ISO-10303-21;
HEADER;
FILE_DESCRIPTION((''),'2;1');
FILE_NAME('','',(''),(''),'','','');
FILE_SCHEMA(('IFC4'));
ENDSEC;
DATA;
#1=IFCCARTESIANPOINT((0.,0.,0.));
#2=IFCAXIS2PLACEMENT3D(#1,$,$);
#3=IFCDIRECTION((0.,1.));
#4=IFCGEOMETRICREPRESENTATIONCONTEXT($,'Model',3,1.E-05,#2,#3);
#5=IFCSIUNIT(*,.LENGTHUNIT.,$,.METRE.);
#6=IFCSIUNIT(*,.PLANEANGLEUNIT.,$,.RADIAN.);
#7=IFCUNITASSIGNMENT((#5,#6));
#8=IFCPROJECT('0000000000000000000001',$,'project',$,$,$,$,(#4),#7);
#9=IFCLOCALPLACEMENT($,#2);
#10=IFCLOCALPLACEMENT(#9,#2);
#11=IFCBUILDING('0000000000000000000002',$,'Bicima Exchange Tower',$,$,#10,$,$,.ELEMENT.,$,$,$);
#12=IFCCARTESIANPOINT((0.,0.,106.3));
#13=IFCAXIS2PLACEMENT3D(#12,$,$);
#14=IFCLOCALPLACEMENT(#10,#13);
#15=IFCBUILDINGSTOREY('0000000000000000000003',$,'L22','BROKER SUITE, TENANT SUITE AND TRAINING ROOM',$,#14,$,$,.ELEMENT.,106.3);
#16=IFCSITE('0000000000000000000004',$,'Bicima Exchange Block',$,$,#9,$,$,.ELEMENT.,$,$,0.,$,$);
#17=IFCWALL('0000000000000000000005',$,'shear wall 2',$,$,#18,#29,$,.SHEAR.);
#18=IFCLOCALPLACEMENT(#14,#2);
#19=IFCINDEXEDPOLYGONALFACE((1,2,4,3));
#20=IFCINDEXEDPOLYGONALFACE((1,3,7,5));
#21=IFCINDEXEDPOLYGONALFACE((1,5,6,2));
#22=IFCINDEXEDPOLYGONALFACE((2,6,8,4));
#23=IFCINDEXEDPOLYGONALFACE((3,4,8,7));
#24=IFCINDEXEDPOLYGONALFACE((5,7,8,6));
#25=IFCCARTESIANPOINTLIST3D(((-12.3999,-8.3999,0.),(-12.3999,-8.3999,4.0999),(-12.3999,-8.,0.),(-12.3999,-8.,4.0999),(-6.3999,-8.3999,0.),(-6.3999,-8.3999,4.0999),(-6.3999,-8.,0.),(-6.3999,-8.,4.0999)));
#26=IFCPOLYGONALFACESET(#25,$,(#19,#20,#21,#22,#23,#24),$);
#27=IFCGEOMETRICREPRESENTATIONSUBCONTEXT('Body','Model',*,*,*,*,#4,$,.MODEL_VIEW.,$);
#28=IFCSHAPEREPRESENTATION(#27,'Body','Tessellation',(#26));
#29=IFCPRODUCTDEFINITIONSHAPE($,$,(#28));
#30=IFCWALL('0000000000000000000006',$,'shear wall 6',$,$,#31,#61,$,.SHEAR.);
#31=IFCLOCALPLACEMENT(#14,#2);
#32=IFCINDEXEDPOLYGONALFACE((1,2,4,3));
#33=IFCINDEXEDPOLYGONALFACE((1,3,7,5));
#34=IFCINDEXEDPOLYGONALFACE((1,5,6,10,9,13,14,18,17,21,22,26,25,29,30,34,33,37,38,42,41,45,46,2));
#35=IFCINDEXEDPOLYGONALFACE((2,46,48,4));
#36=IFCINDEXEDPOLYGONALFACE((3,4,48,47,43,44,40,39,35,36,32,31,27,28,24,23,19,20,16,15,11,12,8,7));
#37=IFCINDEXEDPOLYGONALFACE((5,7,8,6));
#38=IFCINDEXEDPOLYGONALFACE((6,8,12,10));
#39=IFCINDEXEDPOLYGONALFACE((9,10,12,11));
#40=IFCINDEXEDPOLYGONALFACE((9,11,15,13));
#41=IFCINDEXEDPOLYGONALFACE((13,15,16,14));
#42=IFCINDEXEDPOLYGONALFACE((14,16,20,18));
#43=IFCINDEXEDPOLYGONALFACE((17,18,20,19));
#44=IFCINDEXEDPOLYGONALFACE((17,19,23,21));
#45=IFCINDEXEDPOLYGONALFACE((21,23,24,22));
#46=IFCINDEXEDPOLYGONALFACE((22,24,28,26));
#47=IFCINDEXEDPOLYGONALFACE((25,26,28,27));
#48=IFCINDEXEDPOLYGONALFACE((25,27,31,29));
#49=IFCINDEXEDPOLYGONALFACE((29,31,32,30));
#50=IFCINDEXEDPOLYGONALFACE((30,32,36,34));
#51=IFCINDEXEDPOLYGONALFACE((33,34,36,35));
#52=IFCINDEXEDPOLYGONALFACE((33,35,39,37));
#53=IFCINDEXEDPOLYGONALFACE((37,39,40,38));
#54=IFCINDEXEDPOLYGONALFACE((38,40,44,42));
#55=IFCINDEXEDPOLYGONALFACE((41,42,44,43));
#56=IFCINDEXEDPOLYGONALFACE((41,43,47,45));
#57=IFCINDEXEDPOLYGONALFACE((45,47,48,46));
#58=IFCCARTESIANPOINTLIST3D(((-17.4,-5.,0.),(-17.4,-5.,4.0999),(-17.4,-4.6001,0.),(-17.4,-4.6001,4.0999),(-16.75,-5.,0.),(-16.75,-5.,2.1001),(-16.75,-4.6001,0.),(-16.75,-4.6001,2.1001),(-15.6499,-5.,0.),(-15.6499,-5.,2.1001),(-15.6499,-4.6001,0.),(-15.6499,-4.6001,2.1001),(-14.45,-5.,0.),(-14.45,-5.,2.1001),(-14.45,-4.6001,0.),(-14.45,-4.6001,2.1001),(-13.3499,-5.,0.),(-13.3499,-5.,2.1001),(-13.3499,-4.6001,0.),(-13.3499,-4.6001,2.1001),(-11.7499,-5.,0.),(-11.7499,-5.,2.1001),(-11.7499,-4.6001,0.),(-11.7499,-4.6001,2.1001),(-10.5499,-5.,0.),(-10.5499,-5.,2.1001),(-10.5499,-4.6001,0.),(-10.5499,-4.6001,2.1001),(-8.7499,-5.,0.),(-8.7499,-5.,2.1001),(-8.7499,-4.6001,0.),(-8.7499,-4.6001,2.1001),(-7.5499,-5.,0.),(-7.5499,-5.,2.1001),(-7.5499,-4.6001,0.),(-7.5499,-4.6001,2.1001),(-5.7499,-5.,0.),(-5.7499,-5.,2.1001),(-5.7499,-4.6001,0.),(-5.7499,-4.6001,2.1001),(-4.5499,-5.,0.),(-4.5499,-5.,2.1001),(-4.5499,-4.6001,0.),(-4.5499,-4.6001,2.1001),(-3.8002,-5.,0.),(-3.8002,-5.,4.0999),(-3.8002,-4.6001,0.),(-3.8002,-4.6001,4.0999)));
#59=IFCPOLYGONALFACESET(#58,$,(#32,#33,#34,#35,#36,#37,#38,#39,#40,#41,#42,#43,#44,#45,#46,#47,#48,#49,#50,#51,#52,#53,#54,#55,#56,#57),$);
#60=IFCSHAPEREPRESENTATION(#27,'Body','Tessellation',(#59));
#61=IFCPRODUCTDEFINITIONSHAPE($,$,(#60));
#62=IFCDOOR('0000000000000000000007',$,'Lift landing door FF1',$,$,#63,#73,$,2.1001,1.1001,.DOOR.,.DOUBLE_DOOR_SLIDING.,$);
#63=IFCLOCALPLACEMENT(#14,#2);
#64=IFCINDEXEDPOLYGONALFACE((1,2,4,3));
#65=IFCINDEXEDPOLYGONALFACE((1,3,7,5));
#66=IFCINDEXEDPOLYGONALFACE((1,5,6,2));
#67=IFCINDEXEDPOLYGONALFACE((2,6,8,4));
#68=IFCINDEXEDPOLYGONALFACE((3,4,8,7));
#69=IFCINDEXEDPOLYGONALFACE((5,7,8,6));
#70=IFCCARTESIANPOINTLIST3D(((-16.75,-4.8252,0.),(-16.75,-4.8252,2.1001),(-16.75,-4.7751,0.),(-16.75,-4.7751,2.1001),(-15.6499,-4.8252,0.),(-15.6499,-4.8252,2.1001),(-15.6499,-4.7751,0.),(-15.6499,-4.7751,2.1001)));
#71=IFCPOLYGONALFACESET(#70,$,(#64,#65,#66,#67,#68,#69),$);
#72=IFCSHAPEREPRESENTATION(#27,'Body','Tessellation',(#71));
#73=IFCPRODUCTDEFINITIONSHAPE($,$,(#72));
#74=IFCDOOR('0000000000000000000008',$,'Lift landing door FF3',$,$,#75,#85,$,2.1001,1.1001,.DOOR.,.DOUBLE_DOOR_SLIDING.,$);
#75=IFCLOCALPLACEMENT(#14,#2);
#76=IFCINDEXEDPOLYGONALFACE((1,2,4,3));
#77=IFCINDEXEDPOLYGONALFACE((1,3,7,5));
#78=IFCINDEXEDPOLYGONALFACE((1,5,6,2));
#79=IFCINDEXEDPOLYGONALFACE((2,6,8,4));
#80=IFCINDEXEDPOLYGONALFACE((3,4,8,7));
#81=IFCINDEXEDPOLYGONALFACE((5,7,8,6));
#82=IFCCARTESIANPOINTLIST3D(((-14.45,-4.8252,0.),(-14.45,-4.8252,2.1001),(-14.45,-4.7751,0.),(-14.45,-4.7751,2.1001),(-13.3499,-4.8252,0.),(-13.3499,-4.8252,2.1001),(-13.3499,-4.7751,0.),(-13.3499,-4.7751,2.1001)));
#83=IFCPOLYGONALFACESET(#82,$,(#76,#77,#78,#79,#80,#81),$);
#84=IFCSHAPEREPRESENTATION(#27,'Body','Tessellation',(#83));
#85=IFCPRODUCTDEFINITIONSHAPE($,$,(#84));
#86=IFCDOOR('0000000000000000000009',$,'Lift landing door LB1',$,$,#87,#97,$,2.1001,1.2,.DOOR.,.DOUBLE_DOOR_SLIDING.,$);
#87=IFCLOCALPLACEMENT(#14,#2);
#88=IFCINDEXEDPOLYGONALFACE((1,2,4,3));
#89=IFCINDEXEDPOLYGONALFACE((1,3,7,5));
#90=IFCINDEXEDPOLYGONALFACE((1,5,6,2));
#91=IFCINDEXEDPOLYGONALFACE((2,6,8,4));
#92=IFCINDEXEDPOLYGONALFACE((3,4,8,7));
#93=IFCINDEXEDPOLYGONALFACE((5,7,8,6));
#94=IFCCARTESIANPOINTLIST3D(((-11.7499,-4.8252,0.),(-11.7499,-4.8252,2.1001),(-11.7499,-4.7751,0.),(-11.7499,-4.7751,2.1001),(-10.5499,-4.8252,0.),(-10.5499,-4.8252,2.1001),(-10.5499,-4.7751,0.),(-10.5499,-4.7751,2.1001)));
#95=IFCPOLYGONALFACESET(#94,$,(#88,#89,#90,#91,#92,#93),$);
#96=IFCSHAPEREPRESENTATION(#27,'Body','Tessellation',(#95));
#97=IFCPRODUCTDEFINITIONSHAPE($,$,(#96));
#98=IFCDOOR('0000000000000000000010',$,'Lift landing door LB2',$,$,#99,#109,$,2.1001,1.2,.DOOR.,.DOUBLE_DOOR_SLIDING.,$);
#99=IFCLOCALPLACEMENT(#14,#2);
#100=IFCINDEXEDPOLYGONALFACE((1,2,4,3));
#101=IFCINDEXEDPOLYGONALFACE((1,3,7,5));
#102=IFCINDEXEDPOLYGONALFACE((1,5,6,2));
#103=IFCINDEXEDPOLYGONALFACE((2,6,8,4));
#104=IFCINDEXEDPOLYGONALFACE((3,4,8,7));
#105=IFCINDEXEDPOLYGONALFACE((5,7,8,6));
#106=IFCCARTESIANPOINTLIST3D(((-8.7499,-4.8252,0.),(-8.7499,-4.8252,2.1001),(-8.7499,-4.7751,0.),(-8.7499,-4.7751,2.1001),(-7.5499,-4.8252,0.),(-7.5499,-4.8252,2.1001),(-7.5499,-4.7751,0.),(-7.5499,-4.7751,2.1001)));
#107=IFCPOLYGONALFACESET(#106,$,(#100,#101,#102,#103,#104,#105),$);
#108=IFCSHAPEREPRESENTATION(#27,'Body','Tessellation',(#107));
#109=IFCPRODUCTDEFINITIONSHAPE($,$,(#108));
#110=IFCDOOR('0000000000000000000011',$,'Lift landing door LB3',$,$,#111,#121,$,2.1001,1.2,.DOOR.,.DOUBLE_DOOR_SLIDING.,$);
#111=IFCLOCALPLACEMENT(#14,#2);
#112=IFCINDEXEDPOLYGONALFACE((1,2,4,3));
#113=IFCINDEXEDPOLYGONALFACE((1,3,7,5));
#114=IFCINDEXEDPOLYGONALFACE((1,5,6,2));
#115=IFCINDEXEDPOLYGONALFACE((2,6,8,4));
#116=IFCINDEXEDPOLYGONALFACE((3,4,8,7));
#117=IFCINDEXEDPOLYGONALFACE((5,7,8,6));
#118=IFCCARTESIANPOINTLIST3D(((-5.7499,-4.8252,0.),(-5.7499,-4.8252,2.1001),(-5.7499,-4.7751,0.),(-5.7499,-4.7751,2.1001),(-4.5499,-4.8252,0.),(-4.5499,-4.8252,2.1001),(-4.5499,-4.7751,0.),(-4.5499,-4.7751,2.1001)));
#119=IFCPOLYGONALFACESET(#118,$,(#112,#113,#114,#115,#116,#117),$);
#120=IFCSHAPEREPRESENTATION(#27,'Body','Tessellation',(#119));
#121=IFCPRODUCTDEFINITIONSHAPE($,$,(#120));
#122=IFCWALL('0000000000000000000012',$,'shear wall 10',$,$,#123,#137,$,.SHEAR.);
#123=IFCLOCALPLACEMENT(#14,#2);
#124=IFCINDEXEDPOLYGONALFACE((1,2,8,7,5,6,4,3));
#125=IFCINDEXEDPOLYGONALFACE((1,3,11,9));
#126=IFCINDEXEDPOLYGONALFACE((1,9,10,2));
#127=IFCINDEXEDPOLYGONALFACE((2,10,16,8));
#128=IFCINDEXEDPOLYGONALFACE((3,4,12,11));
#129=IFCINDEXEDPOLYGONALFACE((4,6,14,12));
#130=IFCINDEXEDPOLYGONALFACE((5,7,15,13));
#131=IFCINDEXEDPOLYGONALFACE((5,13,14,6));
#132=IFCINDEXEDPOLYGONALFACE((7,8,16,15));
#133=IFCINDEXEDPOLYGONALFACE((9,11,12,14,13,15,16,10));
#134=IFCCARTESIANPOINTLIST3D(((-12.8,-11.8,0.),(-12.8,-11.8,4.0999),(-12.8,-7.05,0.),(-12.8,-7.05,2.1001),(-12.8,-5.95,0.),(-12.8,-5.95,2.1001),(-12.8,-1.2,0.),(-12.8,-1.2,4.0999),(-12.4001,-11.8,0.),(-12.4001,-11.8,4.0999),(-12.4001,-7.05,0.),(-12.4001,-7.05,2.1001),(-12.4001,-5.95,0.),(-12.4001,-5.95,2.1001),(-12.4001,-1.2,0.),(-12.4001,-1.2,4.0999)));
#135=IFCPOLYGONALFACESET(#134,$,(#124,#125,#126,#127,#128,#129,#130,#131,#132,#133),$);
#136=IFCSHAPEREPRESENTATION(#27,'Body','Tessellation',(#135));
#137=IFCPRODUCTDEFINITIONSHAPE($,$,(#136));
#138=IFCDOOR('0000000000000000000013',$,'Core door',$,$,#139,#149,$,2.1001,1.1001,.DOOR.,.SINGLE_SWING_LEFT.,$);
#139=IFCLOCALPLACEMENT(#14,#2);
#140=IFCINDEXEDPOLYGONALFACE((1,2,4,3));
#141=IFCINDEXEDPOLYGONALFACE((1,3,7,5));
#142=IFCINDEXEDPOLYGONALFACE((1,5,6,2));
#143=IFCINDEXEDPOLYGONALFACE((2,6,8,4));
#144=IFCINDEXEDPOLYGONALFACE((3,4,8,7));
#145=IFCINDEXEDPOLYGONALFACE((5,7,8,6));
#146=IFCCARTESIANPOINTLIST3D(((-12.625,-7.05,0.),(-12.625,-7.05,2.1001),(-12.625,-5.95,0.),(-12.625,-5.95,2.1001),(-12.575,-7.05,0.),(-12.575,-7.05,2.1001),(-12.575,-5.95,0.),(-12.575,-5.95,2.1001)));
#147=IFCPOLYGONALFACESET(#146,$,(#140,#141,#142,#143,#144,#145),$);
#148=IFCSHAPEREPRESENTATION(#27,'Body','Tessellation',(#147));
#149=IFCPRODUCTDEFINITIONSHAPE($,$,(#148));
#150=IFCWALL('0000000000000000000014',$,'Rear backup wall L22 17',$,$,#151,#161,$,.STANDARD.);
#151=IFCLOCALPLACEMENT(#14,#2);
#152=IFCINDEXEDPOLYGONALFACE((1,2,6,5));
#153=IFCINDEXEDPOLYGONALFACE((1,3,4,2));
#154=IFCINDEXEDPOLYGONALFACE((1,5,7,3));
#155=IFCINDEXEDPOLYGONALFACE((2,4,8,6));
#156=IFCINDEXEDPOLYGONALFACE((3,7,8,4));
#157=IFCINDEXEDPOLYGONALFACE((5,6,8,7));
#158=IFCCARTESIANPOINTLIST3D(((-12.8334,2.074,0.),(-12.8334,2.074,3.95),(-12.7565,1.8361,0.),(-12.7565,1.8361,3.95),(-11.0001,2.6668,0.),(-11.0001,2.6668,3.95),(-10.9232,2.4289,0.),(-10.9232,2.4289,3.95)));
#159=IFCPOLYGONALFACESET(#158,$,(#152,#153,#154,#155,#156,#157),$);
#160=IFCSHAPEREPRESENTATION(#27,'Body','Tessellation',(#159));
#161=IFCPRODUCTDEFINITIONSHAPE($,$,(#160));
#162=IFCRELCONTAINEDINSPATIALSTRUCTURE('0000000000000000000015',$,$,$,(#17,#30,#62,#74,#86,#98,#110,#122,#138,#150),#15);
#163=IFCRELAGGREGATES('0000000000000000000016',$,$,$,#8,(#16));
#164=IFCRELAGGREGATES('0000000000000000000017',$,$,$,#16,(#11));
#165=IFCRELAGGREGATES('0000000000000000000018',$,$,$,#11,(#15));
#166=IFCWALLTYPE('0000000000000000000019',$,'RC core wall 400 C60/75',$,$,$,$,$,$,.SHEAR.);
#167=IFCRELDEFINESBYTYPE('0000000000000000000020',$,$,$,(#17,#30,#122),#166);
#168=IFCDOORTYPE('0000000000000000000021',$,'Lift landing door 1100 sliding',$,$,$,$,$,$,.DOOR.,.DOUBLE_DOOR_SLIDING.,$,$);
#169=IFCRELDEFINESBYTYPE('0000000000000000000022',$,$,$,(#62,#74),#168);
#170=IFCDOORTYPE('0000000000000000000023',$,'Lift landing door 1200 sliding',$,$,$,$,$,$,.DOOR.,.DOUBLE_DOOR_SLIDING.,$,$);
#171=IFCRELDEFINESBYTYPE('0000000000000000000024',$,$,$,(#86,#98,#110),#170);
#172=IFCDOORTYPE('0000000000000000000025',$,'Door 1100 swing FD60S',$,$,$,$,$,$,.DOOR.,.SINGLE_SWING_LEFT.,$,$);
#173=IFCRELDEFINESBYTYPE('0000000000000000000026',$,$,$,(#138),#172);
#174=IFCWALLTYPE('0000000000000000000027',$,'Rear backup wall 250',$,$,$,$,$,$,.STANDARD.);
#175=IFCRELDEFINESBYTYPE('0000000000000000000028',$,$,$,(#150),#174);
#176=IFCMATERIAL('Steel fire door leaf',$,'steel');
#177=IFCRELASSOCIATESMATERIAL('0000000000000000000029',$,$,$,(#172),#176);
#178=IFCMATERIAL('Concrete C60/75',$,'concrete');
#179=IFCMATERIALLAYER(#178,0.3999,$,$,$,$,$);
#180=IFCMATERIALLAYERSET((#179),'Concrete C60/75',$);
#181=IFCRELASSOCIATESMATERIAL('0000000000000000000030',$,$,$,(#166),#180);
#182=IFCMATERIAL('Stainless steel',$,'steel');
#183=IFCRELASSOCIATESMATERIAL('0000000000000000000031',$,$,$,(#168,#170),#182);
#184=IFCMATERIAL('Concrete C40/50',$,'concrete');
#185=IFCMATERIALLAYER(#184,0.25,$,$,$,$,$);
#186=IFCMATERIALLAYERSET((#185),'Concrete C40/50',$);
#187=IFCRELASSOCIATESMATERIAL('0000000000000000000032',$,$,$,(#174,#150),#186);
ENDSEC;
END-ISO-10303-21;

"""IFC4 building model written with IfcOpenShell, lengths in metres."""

from ifc_helpers import new_model, si_unit, direction, frame, frame_2d, origin, place, context, subcontext, project, spatial, rectangle, extrude, material, layer, layer_set, layer_usage, type_object, element, fill, save


model = new_model("IFC4")

# Units and contexts
model_context = context("Model", 3, precision=1e-05, world=origin(), true_north=direction((0.0, 1.0)))
body_context = subcontext(model_context, "Body", "Model", "MODEL_VIEW")
ifc_project = project(units=[si_unit("LENGTHUNIT", "METRE"), si_unit("PLANEANGLEUNIT", "RADIAN")], contexts=[model_context])

# Site, building, storey
site_placement = place(None, origin())
site = spatial("IfcSite", under=ifc_project, at=site_placement, Name="Bicima Exchange Block", CompositionType="ELEMENT", RefElevation=0.0)
building_placement = place(site_placement, origin())
building = spatial("IfcBuilding", under=site, at=building_placement, Name="Bicima Exchange Tower", CompositionType="ELEMENT")
storey_placement = place(building_placement, frame((0.0, 0.0, 106.3)))
storey = spatial("IfcBuildingStorey", under=building, at=storey_placement, Name="L22", Description="BROKER SUITE, TENANT SUITE AND TRAINING ROOM", CompositionType="ELEMENT", Elevation=106.3)

# Shared definitions
ifc_material_1 = material(Name="Steel fire door leaf", Category="steel")
door_type_1 = type_object("IfcDoorType", Name="Door 1100 swing FD60S", OperationType="SINGLE_SWING_LEFT", PredefinedType="DOOR", material=ifc_material_1)

# Wall
ifc_material_2 = material(Name="Concrete C60/75", Category="concrete")
ifc_layer_1 = layer(ifc_material_2, 0.3999)
ifc_layer_set_1 = layer_set([ifc_layer_1], Name="Concrete C60/75")
wall_type_1 = type_object("IfcWallType", Name="RC core wall 400 C60/75", PredefinedType="SHEAR", material=ifc_layer_set_1)
wall_1_placement = place(storey_placement, frame((-12.3999, -8.2, 0.0), z_axis=(0.0, 0.0, 1.0), x_axis=(1.0, 0.0, 0.0)))
element("IfcWall", 1, at=wall_1_placement, inside=storey, type_object=wall_type_1, Name="shear wall 2", PredefinedType="SHEAR", context=body_context, shape_type="SweptSolid", body=[
    extrude(rectangle(XDim=6.0, YDim=0.3999, at=frame_2d((3.0, 0.0))), origin(), (0.0, 0.0, 1.0), 4.0999),
])

# Wall, openings, doors
wall_2_placement = place(storey_placement, frame((-17.3999, -4.8, 0.0), z_axis=(0.0, 0.0, 1.0), x_axis=(1.0, 0.0, 0.0)))
wall_2 = element("IfcWall", 2, at=wall_2_placement, inside=storey, type_object=wall_type_1, Name="shear wall 6", PredefinedType="SHEAR", context=body_context, shape_type="SweptSolid", body=[
    extrude(rectangle(XDim=13.5999, YDim=0.3999, at=frame_2d((6.7998, 0.0))), origin(), (0.0, 0.0, 1.0), 4.0999),
])
opening_1_placement = place(wall_2_placement, frame((0.6499, 0.0, 0.0)))
opening_1 = element("IfcOpeningElement", 3, at=opening_1_placement, cuts=wall_2, PredefinedType="OPENING", context=body_context, shape_type="SweptSolid", body=[
    extrude(rectangle(XDim=1.1001, YDim=2.1001, at=frame_2d((0.55, 1.05))), frame((0.0, 0.2119, 0.0), z_axis=(0.0, -1.0, 0.0), x_axis=(1.0, 0.0, 0.0)), (0.0, 0.0, 1.0), 0.4238),
])
opening_2_placement = place(wall_2_placement, frame((2.95, 0.0, 0.0)))
opening_2 = element("IfcOpeningElement", 4, at=opening_2_placement, cuts=wall_2, PredefinedType="OPENING", context=body_context, shape_type="SweptSolid", body=[
    extrude(rectangle(XDim=1.1001, YDim=2.1001, at=frame_2d((0.55, 1.05))), frame((0.0, 0.2119, 0.0), z_axis=(0.0, -1.0, 0.0), x_axis=(1.0, 0.0, 0.0)), (0.0, 0.0, 1.0), 0.4238),
])
opening_3_placement = place(wall_2_placement, frame((5.6499, 0.0, 0.0)))
opening_3 = element("IfcOpeningElement", 5, at=opening_3_placement, cuts=wall_2, PredefinedType="OPENING", context=body_context, shape_type="SweptSolid", body=[
    extrude(rectangle(XDim=1.2, YDim=2.1001, at=frame_2d((0.6001, 1.05))), frame((0.0, 0.2119, 0.0), z_axis=(0.0, -1.0, 0.0), x_axis=(1.0, 0.0, 0.0)), (0.0, 0.0, 1.0), 0.4238),
])
opening_4_placement = place(wall_2_placement, frame((8.6499, 0.0, 0.0)))
opening_4 = element("IfcOpeningElement", 6, at=opening_4_placement, cuts=wall_2, PredefinedType="OPENING", context=body_context, shape_type="SweptSolid", body=[
    extrude(rectangle(XDim=1.2, YDim=2.1001, at=frame_2d((0.6001, 1.05))), frame((0.0, 0.2119, 0.0), z_axis=(0.0, -1.0, 0.0), x_axis=(1.0, 0.0, 0.0)), (0.0, 0.0, 1.0), 0.4238),
])
opening_5_placement = place(wall_2_placement, frame((11.6499, 0.0, 0.0)))
opening_5 = element("IfcOpeningElement", 7, at=opening_5_placement, cuts=wall_2, PredefinedType="OPENING", context=body_context, shape_type="SweptSolid", body=[
    extrude(rectangle(XDim=1.2, YDim=2.1001, at=frame_2d((0.6001, 1.05))), frame((0.0, 0.2119, 0.0), z_axis=(0.0, -1.0, 0.0), x_axis=(1.0, 0.0, 0.0)), (0.0, 0.0, 1.0), 0.4238),
])
ifc_material_3 = material(Name="Stainless steel", Category="steel")
door_type_2 = type_object("IfcDoorType", Name="Lift landing door 1100 sliding", OperationType="DOUBLE_DOOR_SLIDING", PredefinedType="DOOR", material=ifc_material_3)
door_1_placement = place(opening_1_placement, origin())
door_1 = element("IfcDoor", 8, at=door_1_placement, inside=storey, type_object=door_type_2, Name="Lift landing door FF1", OperationType="DOUBLE_DOOR_SLIDING", OverallHeight=2.1001, OverallWidth=1.1001, PredefinedType="DOOR", context=body_context, shape_type="SweptSolid", body=[
    extrude(rectangle(XDim=1.1001, YDim=2.1001, at=frame_2d((0.55, 1.05))), frame((0.0, 0.0249, 0.0), z_axis=(0.0, -1.0, 0.0), x_axis=(1.0, 0.0, 0.0)), (0.0, 0.0, 1.0), 0.05),
])
fill(opening_1, door_1)
door_2_placement = place(opening_2_placement, origin())
door_2 = element("IfcDoor", 9, at=door_2_placement, inside=storey, type_object=door_type_2, Name="Lift landing door FF3", OperationType="DOUBLE_DOOR_SLIDING", OverallHeight=2.1001, OverallWidth=1.1001, PredefinedType="DOOR", context=body_context, shape_type="SweptSolid", body=[
    extrude(rectangle(XDim=1.1001, YDim=2.1001, at=frame_2d((0.55, 1.05))), frame((0.0, 0.0249, 0.0), z_axis=(0.0, -1.0, 0.0), x_axis=(1.0, 0.0, 0.0)), (0.0, 0.0, 1.0), 0.05),
])
fill(opening_2, door_2)
door_type_3 = type_object("IfcDoorType", Name="Lift landing door 1200 sliding", OperationType="DOUBLE_DOOR_SLIDING", PredefinedType="DOOR", material=ifc_material_3)
door_3_placement = place(opening_3_placement, origin())
door_3 = element("IfcDoor", 10, at=door_3_placement, inside=storey, type_object=door_type_3, Name="Lift landing door LB1", OperationType="DOUBLE_DOOR_SLIDING", OverallHeight=2.1001, OverallWidth=1.2, PredefinedType="DOOR", context=body_context, shape_type="SweptSolid", body=[
    extrude(rectangle(XDim=1.2, YDim=2.1001, at=frame_2d((0.6001, 1.05))), frame((0.0, 0.0249, 0.0), z_axis=(0.0, -1.0, 0.0), x_axis=(1.0, 0.0, 0.0)), (0.0, 0.0, 1.0), 0.05),
])
fill(opening_3, door_3)
door_4_placement = place(opening_4_placement, origin())
door_4 = element("IfcDoor", 11, at=door_4_placement, inside=storey, type_object=door_type_3, Name="Lift landing door LB2", OperationType="DOUBLE_DOOR_SLIDING", OverallHeight=2.1001, OverallWidth=1.2, PredefinedType="DOOR", context=body_context, shape_type="SweptSolid", body=[
    extrude(rectangle(XDim=1.2, YDim=2.1001, at=frame_2d((0.6001, 1.05))), frame((0.0, 0.0249, 0.0), z_axis=(0.0, -1.0, 0.0), x_axis=(1.0, 0.0, 0.0)), (0.0, 0.0, 1.0), 0.05),
])
fill(opening_4, door_4)
door_5_placement = place(opening_5_placement, origin())
door_5 = element("IfcDoor", 12, at=door_5_placement, inside=storey, type_object=door_type_3, Name="Lift landing door LB3", OperationType="DOUBLE_DOOR_SLIDING", OverallHeight=2.1001, OverallWidth=1.2, PredefinedType="DOOR", context=body_context, shape_type="SweptSolid", body=[
    extrude(rectangle(XDim=1.2, YDim=2.1001, at=frame_2d((0.6001, 1.05))), frame((0.0, 0.0249, 0.0), z_axis=(0.0, -1.0, 0.0), x_axis=(1.0, 0.0, 0.0)), (0.0, 0.0, 1.0), 0.05),
])
fill(opening_5, door_5)

# Wall, opening, door
wall_3_placement = place(storey_placement, frame((-12.6001, -11.8, 0.0), z_axis=(0.0, 0.0, 1.0), x_axis=(0.0, 1.0, 0.0)))
wall_3 = element("IfcWall", 13, at=wall_3_placement, inside=storey, type_object=wall_type_1, Name="shear wall 10", PredefinedType="SHEAR", context=body_context, shape_type="SweptSolid", body=[
    extrude(rectangle(XDim=10.6001, YDim=0.3999, at=frame_2d((5.3, 0.0))), origin(), (0.0, 0.0, 1.0), 4.0999),
])
opening_6_placement = place(wall_3_placement, frame((4.75, 0.0, 0.0)))
opening_6 = element("IfcOpeningElement", 14, at=opening_6_placement, cuts=wall_3, PredefinedType="OPENING", context=body_context, shape_type="SweptSolid", body=[
    extrude(rectangle(XDim=1.1001, YDim=2.1001, at=frame_2d((0.55, 1.05))), frame((0.0, 0.2119, 0.0), z_axis=(0.0, -1.0, 0.0), x_axis=(1.0, 0.0, 0.0)), (0.0, 0.0, 1.0), 0.4238),
])
door_6_placement = place(opening_6_placement, origin())
door_6 = element("IfcDoor", 15, at=door_6_placement, inside=storey, type_object=door_type_1, Name="Core door", OperationType="SINGLE_SWING_LEFT", OverallHeight=2.1001, OverallWidth=1.1001, PredefinedType="DOOR", context=body_context, shape_type="SweptSolid", body=[
    extrude(rectangle(XDim=1.1001, YDim=2.1001, at=frame_2d((0.55, 1.05))), frame((0.0, 0.0249, 0.0), z_axis=(0.0, -1.0, 0.0), x_axis=(1.0, 0.0, 0.0)), (0.0, 0.0, 1.0), 0.05),
])
fill(opening_6, door_6)

# Wall
ifc_material_4 = material(Name="Concrete C40/50", Category="concrete")
ifc_layer_2 = layer(ifc_material_4, 0.25)
ifc_layer_set_2 = layer_set([ifc_layer_2], Name="Concrete C40/50")
ifc_layer_usage = layer_usage(ifc_layer_set_2, "AXIS2", "POSITIVE", -0.125)
wall_type_2 = type_object("IfcWallType", Name="Rear backup wall 250", PredefinedType="STANDARD", material=ifc_layer_set_2)
wall_4_placement = place(storey_placement, frame((-10.9617, 2.5479, 0.0), z_axis=(0.0, 0.0, 1.0), x_axis=(-0.951496, -0.307662, 0.0)))
element("IfcWall", 16, at=wall_4_placement, inside=storey, type_object=wall_type_2, material=ifc_layer_usage, Name="Rear backup wall L22 17", PredefinedType="STANDARD", context=body_context, shape_type="SweptSolid", body=[
    extrude(rectangle(XDim=1.9268, YDim=0.25, at=frame_2d((0.9634, 0.0))), origin(), (0.0, 0.0, 1.0), 3.95),
])

save(model, "model.ifc")
